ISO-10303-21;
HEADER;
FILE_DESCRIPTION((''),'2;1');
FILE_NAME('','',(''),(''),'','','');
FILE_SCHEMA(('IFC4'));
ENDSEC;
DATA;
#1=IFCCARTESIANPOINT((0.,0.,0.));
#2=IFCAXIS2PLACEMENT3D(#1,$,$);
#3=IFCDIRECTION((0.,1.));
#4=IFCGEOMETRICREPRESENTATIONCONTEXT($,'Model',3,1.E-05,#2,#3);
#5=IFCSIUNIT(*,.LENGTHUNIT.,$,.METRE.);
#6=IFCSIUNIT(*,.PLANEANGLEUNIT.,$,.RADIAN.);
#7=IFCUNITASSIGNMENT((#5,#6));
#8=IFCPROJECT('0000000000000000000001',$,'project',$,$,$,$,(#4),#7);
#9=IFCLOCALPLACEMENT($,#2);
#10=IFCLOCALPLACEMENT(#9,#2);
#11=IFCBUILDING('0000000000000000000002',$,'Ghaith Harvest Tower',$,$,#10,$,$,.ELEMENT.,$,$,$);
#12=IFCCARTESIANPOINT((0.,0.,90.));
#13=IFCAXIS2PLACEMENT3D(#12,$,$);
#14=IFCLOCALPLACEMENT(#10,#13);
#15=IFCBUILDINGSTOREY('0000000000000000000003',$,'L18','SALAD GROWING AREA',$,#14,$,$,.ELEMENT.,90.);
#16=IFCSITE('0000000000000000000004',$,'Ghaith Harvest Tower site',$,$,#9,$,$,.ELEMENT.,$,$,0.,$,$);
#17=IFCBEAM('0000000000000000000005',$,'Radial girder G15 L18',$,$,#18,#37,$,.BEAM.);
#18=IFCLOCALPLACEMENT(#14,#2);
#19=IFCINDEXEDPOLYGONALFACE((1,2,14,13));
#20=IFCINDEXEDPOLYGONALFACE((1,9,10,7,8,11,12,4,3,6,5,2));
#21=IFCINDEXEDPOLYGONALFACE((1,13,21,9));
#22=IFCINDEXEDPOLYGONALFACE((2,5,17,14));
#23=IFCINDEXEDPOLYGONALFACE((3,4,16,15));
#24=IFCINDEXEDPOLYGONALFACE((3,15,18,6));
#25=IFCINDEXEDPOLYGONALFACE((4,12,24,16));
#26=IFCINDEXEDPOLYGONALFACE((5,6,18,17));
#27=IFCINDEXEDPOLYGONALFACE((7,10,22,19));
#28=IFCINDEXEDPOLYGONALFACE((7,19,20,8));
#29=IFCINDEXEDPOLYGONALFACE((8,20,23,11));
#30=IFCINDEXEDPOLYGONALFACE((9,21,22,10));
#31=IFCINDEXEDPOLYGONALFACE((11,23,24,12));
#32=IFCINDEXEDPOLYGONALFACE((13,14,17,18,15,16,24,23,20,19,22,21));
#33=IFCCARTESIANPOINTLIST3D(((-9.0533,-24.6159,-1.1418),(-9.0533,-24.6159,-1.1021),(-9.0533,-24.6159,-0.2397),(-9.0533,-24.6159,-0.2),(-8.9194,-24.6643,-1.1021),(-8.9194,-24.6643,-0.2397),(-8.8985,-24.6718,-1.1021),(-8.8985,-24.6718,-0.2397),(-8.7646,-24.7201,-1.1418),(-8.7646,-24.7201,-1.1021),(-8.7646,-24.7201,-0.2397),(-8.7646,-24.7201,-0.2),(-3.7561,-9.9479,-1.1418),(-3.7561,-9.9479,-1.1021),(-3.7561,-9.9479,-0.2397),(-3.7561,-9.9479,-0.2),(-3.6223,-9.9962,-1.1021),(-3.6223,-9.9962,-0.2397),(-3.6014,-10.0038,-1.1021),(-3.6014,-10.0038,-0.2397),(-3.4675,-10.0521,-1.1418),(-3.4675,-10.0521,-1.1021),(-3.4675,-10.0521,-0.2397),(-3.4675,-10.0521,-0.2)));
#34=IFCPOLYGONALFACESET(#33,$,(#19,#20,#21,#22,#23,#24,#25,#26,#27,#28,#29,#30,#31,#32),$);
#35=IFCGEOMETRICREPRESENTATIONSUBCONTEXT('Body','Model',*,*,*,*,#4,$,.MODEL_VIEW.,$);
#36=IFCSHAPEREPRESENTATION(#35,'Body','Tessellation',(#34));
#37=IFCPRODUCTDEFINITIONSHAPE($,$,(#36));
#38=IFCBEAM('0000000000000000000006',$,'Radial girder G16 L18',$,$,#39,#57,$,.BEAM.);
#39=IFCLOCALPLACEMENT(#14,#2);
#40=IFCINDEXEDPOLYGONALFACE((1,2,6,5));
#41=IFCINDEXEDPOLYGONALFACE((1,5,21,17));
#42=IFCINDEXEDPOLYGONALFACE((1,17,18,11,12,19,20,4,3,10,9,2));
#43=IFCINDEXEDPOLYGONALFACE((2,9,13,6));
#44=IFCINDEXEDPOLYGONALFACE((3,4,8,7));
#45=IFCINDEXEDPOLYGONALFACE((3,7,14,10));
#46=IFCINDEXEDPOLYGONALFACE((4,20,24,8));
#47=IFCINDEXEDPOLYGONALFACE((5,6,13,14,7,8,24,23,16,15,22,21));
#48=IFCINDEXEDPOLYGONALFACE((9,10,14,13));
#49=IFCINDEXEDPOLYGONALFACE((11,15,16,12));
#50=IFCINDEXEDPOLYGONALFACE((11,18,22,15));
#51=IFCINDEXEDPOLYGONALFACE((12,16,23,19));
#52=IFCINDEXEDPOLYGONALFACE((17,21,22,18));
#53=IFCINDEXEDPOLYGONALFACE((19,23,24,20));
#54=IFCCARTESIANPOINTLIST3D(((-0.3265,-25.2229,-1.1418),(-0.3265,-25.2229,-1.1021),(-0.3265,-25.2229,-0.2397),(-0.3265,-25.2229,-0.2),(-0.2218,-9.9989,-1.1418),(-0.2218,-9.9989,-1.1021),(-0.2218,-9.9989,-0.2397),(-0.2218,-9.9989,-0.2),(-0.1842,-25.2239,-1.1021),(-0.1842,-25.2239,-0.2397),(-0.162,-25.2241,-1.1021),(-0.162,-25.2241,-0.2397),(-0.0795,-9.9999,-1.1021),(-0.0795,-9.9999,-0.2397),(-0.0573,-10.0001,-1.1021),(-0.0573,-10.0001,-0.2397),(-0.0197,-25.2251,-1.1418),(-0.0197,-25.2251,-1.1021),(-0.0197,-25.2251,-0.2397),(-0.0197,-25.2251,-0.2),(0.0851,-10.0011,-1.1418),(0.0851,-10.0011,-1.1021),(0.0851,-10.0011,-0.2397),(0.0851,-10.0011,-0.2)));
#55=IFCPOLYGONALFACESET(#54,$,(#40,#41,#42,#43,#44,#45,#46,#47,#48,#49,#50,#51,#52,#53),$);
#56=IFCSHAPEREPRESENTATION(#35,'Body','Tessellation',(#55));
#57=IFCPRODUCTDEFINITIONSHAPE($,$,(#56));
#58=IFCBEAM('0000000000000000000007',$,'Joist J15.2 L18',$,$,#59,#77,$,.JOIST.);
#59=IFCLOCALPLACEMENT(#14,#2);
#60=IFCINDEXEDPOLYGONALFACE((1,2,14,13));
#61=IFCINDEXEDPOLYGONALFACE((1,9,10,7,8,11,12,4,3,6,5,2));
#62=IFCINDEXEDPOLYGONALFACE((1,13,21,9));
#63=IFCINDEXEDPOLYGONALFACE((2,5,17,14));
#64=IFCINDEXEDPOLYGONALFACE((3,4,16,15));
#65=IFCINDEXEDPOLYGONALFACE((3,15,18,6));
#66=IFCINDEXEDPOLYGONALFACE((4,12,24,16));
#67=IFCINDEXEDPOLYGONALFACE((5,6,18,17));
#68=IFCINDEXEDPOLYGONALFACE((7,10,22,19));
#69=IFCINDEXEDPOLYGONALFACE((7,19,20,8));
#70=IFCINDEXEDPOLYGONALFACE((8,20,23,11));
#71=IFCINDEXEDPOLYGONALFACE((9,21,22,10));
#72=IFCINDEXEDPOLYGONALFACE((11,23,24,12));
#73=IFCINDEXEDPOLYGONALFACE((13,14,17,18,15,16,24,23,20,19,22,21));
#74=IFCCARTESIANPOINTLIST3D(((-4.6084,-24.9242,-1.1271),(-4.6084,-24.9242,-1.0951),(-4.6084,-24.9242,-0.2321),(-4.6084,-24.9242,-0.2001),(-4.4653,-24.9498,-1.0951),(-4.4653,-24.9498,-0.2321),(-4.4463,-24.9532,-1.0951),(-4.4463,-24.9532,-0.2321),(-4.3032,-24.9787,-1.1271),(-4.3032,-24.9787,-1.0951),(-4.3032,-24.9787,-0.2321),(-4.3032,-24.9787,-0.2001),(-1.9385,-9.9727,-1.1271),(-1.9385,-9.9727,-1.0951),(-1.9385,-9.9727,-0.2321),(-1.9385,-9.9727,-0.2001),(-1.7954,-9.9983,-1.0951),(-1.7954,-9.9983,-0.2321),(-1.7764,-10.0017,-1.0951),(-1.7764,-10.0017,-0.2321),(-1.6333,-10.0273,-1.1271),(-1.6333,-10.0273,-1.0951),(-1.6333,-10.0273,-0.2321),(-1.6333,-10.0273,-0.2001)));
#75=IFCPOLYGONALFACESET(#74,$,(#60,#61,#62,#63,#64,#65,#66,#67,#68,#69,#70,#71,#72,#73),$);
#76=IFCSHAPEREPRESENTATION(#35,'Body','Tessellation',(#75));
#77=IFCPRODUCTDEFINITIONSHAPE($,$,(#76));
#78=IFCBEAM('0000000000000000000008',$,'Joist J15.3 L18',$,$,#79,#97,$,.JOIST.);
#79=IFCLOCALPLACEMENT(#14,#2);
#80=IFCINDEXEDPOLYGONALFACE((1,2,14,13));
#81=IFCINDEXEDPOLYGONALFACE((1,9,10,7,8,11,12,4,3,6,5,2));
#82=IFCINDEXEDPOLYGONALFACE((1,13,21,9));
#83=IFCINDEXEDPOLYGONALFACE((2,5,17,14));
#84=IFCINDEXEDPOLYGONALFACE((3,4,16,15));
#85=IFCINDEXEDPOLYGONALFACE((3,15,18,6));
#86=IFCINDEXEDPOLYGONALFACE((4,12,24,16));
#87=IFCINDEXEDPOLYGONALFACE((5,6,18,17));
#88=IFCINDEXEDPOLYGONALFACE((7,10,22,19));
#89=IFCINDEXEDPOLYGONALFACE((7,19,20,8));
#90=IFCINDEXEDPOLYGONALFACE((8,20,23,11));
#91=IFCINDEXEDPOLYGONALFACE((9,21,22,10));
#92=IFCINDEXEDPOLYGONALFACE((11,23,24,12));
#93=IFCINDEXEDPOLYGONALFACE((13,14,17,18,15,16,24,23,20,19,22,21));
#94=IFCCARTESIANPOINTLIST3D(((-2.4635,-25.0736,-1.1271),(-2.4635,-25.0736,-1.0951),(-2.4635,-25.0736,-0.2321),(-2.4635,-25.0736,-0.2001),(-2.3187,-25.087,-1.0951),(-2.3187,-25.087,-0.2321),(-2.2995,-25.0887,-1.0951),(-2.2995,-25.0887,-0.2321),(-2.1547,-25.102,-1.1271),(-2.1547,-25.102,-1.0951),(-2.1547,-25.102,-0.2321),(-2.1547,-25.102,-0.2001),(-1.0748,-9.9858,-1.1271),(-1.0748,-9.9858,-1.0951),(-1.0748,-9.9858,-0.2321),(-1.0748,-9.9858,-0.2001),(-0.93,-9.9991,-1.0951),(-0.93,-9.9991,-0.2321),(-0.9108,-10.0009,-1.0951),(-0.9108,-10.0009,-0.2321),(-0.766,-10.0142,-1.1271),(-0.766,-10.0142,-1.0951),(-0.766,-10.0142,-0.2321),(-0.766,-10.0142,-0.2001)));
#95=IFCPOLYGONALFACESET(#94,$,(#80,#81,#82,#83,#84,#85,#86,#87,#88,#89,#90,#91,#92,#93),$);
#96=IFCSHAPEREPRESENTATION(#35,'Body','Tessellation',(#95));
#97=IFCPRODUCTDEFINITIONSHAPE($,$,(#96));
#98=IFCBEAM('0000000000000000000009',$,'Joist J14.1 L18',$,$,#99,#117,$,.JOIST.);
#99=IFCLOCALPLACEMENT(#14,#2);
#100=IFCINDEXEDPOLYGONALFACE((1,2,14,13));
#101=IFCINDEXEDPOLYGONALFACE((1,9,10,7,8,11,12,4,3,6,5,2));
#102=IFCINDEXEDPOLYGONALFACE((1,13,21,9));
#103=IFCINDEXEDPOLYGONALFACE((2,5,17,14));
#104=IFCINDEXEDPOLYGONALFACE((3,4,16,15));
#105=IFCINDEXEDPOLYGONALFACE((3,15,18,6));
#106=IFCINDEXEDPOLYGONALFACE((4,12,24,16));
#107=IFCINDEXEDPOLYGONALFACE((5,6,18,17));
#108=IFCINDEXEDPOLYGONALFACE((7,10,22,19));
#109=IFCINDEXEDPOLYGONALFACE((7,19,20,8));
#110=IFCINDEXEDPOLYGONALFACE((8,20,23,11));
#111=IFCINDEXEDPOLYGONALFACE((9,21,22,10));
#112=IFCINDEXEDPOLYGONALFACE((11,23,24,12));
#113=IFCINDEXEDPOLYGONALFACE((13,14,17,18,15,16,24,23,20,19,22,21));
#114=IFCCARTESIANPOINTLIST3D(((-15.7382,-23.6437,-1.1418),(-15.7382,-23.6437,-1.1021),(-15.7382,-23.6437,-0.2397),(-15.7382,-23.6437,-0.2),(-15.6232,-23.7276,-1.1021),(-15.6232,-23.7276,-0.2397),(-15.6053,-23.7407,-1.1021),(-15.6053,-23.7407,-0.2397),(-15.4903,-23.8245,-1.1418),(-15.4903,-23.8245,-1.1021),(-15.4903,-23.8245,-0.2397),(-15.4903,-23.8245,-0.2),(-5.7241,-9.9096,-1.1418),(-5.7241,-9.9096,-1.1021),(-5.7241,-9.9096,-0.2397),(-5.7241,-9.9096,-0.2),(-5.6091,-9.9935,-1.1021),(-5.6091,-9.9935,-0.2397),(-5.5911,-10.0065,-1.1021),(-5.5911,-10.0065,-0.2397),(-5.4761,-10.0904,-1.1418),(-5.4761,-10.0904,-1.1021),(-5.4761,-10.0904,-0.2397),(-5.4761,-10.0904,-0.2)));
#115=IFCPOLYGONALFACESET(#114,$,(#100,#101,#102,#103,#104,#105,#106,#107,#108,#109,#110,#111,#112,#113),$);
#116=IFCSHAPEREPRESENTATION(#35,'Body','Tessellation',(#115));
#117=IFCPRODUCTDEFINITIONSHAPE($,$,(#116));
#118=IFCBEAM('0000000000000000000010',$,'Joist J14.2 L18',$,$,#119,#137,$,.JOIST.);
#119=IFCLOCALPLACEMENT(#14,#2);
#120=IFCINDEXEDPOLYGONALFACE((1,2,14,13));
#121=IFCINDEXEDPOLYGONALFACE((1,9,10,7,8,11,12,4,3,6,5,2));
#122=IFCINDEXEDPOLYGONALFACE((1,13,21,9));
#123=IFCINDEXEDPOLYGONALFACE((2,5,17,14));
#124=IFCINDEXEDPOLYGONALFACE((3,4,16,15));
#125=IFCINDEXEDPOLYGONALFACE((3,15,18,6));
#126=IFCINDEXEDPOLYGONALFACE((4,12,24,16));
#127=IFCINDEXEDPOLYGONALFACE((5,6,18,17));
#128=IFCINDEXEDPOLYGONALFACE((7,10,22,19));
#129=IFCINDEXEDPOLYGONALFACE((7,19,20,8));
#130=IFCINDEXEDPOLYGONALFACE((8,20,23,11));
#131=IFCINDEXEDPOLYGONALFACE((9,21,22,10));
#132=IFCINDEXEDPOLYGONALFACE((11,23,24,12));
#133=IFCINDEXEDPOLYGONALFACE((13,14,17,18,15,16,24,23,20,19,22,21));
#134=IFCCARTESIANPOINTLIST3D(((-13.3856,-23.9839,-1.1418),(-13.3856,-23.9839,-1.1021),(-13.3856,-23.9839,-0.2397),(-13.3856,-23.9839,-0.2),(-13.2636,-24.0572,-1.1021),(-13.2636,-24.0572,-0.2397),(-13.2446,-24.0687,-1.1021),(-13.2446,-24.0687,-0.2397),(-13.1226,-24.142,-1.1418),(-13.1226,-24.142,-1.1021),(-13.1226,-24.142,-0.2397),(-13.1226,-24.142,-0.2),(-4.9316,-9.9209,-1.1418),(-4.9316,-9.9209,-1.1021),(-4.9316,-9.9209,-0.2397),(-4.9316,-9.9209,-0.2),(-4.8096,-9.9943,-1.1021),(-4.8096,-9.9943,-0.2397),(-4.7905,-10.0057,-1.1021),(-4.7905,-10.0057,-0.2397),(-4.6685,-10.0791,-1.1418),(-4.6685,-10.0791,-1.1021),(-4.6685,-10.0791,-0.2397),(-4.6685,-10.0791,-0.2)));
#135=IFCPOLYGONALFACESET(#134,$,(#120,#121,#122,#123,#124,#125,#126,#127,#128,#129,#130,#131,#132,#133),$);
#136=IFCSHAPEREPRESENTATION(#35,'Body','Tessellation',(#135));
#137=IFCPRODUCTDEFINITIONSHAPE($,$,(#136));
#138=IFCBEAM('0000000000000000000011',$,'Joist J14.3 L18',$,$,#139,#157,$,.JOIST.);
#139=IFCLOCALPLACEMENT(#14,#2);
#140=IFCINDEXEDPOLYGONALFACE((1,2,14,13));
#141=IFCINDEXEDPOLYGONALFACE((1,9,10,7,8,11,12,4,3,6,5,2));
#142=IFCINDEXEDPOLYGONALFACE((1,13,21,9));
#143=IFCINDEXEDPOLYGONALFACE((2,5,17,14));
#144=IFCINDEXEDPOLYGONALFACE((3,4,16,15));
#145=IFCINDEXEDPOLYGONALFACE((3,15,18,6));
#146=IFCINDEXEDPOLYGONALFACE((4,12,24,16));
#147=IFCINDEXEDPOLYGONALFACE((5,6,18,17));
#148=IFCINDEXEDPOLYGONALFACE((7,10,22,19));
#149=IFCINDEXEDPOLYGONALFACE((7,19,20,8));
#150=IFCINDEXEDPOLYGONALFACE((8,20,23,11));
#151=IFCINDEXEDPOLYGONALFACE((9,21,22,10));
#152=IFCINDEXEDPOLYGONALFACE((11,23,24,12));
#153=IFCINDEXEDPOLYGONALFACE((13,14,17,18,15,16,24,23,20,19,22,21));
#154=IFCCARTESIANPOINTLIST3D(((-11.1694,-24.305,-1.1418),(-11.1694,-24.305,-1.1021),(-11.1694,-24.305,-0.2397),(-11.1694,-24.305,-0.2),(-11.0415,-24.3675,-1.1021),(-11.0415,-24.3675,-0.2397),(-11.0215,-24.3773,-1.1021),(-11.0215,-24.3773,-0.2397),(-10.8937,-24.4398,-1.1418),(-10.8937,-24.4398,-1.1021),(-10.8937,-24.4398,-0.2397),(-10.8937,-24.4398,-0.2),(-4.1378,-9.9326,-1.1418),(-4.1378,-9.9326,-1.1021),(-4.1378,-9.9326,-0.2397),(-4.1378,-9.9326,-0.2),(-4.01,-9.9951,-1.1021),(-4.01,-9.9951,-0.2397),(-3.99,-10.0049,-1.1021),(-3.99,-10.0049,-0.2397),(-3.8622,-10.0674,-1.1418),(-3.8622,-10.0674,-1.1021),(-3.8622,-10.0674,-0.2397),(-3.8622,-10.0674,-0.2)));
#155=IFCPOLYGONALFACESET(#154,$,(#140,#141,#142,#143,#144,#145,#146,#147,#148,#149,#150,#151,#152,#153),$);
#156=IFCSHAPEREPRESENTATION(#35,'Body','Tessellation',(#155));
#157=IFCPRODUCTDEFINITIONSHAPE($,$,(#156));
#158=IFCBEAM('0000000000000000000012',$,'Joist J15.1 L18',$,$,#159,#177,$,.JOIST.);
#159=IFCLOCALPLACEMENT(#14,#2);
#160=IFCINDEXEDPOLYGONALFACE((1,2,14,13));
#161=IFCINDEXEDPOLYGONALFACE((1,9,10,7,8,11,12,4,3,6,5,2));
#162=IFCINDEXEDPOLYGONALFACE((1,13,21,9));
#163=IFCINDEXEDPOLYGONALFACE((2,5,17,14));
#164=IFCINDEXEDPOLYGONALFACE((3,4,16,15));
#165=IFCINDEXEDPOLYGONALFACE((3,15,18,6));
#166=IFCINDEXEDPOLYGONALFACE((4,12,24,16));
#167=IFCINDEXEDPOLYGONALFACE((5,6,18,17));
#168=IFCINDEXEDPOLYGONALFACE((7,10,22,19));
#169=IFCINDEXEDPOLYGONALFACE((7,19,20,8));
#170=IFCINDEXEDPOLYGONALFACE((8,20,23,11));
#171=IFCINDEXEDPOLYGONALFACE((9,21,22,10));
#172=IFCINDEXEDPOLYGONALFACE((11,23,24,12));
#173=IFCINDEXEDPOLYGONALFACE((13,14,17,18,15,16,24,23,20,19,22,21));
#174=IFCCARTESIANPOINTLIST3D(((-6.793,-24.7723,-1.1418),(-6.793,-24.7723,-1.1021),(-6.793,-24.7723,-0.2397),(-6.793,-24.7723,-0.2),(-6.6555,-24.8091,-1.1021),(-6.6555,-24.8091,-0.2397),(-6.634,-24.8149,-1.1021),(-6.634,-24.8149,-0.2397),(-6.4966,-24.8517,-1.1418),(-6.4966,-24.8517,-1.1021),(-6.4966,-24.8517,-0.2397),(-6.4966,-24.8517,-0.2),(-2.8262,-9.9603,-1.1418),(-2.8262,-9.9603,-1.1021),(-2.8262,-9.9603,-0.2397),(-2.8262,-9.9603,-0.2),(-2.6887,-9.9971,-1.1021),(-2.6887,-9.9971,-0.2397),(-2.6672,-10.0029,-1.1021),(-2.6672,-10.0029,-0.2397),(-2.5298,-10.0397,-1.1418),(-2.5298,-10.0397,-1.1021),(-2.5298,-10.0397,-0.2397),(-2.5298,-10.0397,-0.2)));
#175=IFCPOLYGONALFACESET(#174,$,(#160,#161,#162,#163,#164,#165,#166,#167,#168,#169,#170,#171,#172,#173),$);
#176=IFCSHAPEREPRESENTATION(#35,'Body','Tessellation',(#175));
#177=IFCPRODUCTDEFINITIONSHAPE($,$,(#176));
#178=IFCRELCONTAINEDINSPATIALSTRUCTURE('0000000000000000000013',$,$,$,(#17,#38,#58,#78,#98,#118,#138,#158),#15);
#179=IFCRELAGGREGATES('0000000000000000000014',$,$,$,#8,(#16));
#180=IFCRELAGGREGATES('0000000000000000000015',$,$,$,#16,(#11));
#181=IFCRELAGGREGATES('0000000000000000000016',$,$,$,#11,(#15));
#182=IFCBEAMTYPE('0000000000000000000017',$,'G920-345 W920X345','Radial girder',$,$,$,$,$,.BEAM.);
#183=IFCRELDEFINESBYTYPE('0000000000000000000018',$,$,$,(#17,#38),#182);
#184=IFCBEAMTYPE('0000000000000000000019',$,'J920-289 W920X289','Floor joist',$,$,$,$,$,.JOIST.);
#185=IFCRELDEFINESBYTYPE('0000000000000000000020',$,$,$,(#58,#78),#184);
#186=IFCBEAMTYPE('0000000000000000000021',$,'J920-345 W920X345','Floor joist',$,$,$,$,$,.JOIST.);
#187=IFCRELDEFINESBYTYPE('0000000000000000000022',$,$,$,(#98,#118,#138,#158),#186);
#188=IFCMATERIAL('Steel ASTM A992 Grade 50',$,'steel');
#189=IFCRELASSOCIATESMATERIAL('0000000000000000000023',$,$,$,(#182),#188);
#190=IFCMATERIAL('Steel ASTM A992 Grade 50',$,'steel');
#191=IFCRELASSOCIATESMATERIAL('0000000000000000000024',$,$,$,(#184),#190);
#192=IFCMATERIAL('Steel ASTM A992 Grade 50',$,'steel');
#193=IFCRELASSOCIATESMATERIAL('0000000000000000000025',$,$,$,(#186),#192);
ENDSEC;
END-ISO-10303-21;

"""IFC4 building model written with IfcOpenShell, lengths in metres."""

from ifc_helpers import new_model, si_unit, direction, frame, origin, origin_2d, place, context, subcontext, project, spatial, i_section, extrude, material, material_profile, profile_set, type_object, element, save


model = new_model("IFC4")

# Units and contexts
model_context = context("Model", 3, precision=1e-05, world=origin(), true_north=direction((0.0, 1.0)))
body_context = subcontext(model_context, "Body", "Model", "MODEL_VIEW")
ifc_project = project(units=[si_unit("LENGTHUNIT", "METRE"), si_unit("PLANEANGLEUNIT", "RADIAN")], contexts=[model_context])

# Site, building, storey
site_placement = place(None, origin())
site = spatial("IfcSite", under=ifc_project, at=site_placement, Name="Ghaith Harvest Tower site", CompositionType="ELEMENT", RefElevation=0.0)
building_placement = place(site_placement, origin())
building = spatial("IfcBuilding", under=site, at=building_placement, Name="Ghaith Harvest Tower", CompositionType="ELEMENT")
storey_placement = place(building_placement, frame((0.0, 0.0, 90.0)))
storey = spatial("IfcBuildingStorey", under=building, at=storey_placement, Name="L18", Description="SALAD GROWING AREA", CompositionType="ELEMENT", Elevation=90.0)

# Beams
ifc_material_1 = material(Name="Steel ASTM A992 Grade 50", Category="steel")
ifc_material_profile_1 = material_profile(ifc_material_1, i_section(OverallWidth=0.3069, OverallDepth=0.9419, WebThickness=0.0222, FlangeThickness=0.0398, at=origin_2d()), Name="W920X345")
ifc_profile_set_1 = profile_set([ifc_material_profile_1], Name="Steel ASTM A992 Grade 50")
beam_type_1 = type_object("IfcBeamType", Name="G920-345 W920X345", Description="Radial girder", PredefinedType="BEAM", material=ifc_profile_set_1)
beam_1_placement = place(storey_placement, frame((-3.6118, -10.0, -0.6709), z_axis=(-0.339664, -0.940547, 0.0), x_axis=(0.940547, -0.339664, 0.0)))
element("IfcBeam", 1, at=beam_1_placement, inside=storey, type_object=beam_type_1, Name="Radial girder G15 L18", PredefinedType="BEAM", context=body_context, shape_type="SweptSolid", body=[
    extrude(i_section(OverallWidth=0.3069, OverallDepth=0.9419, WebThickness=0.0222, FlangeThickness=0.0398, at=origin_2d()), origin(), (0.0, 0.0, 1.0), 15.5952),
])
beam_2_placement = place(storey_placement, frame((-0.0684, -10.0, -0.6709), z_axis=(-0.006879, -0.999976, 0.0), x_axis=(0.999976, -0.006879, 0.0)))
element("IfcBeam", 2, at=beam_2_placement, inside=storey, type_object=beam_type_1, Name="Radial girder G16 L18", PredefinedType="BEAM", context=body_context, shape_type="SweptSolid", body=[
    extrude(i_section(OverallWidth=0.3069, OverallDepth=0.9419, WebThickness=0.0222, FlangeThickness=0.0398, at=origin_2d()), origin(), (0.0, 0.0, 1.0), 15.2244),
])
ifc_material_2 = material(Name="Steel ASTM A992 Grade 50", Category="steel")
ifc_material_profile_2 = material_profile(ifc_material_2, i_section(OverallWidth=0.3101, OverallDepth=0.927, WebThickness=0.0193, FlangeThickness=0.032, at=origin_2d()), Name="W920X289")
ifc_profile_set_2 = profile_set([ifc_material_profile_2], Name="Steel ASTM A992 Grade 50")
beam_type_2 = type_object("IfcBeamType", Name="J920-289 W920X289", Description="Floor joist", PredefinedType="JOIST", material=ifc_profile_set_2)
beam_3_placement = place(storey_placement, frame((-1.7859, -10.0, -0.6636), z_axis=(-0.175792, -0.984427, 0.0), x_axis=(0.984427, -0.175792, 0.0)))
element("IfcBeam", 3, at=beam_3_placement, inside=storey, type_object=beam_type_2, Name="Joist J15.2 L18", PredefinedType="JOIST", context=body_context, shape_type="SweptSolid", body=[
    extrude(i_section(OverallWidth=0.3101, OverallDepth=0.927, WebThickness=0.0193, FlangeThickness=0.032, at=origin_2d()), origin(), (0.0, 0.0, 1.0), 15.188),
])
beam_4_placement = place(storey_placement, frame((-0.9204, -10.0, -0.6636), z_axis=(-0.091651, -0.995791, 0.0), x_axis=(0.995791, -0.091651, 0.0)))
element("IfcBeam", 4, at=beam_4_placement, inside=storey, type_object=beam_type_2, Name="Joist J15.3 L18", PredefinedType="JOIST", context=body_context, shape_type="SweptSolid", body=[
    extrude(i_section(OverallWidth=0.3101, OverallDepth=0.927, WebThickness=0.0193, FlangeThickness=0.032, at=origin_2d()), origin(), (0.0, 0.0, 1.0), 15.1516),
])
ifc_material_3 = material(Name="Steel ASTM A992 Grade 50", Category="steel")
ifc_material_profile_3 = material_profile(ifc_material_3, i_section(OverallWidth=0.3069, OverallDepth=0.9419, WebThickness=0.0222, FlangeThickness=0.0398, at=origin_2d()), Name="W920X345")
ifc_profile_set_3 = profile_set([ifc_material_profile_3], Name="Steel ASTM A992 Grade 50")
beam_type_3 = type_object("IfcBeamType", Name="J920-345 W920X345", Description="Floor joist", PredefinedType="JOIST", material=ifc_profile_set_3)
beam_5_placement = place(storey_placement, frame((-5.6001, -10.0, -0.6709), z_axis=(-0.58916, -0.808016, 0.0), x_axis=(0.808016, -0.58916, 0.0)))
element("IfcBeam", 5, at=beam_5_placement, inside=storey, type_object=beam_type_3, Name="Joist J14.1 L18", PredefinedType="JOIST", context=body_context, shape_type="SweptSolid", body=[
    extrude(i_section(OverallWidth=0.3069, OverallDepth=0.9419, WebThickness=0.0222, FlangeThickness=0.0398, at=origin_2d()), origin(), (0.0, 0.0, 1.0), 16.9973),
])
beam_6_placement = place(storey_placement, frame((-4.8, -10.0, -0.6709), z_axis=(-0.515226, -0.857054, 0.0), x_axis=(0.857054, -0.515226, 0.0)))
element("IfcBeam", 6, at=beam_6_placement, inside=storey, type_object=beam_type_3, Name="Joist J14.2 L18", PredefinedType="JOIST", context=body_context, shape_type="SweptSolid", body=[
    extrude(i_section(OverallWidth=0.3069, OverallDepth=0.9419, WebThickness=0.0222, FlangeThickness=0.0398, at=origin_2d()), origin(), (0.0, 0.0, 1.0), 16.4084),
])
beam_7_placement = place(storey_placement, frame((-4.0, -10.0, -0.6709), z_axis=(-0.439464, -0.89826, 0.0), x_axis=(0.89826, -0.439464, 0.0)))
element("IfcBeam", 7, at=beam_7_placement, inside=storey, type_object=beam_type_3, Name="Joist J14.3 L18", PredefinedType="JOIST", context=body_context, shape_type="SweptSolid", body=[
    extrude(i_section(OverallWidth=0.3069, OverallDepth=0.9419, WebThickness=0.0222, FlangeThickness=0.0398, at=origin_2d()), origin(), (0.0, 0.0, 1.0), 16.0002),
])
beam_8_placement = place(storey_placement, frame((-2.678, -10.0, -0.6709), z_axis=(-0.258693, -0.96596, 0.0), x_axis=(0.96596, -0.258693, 0.0)))
element("IfcBeam", 8, at=beam_8_placement, inside=storey, type_object=beam_type_3, Name="Joist J15.1 L18", PredefinedType="JOIST", context=body_context, shape_type="SweptSolid", body=[
    extrude(i_section(OverallWidth=0.3069, OverallDepth=0.9419, WebThickness=0.0222, FlangeThickness=0.0398, at=origin_2d()), origin(), (0.0, 0.0, 1.0), 15.334),
])

save(model, "model.ifc")
